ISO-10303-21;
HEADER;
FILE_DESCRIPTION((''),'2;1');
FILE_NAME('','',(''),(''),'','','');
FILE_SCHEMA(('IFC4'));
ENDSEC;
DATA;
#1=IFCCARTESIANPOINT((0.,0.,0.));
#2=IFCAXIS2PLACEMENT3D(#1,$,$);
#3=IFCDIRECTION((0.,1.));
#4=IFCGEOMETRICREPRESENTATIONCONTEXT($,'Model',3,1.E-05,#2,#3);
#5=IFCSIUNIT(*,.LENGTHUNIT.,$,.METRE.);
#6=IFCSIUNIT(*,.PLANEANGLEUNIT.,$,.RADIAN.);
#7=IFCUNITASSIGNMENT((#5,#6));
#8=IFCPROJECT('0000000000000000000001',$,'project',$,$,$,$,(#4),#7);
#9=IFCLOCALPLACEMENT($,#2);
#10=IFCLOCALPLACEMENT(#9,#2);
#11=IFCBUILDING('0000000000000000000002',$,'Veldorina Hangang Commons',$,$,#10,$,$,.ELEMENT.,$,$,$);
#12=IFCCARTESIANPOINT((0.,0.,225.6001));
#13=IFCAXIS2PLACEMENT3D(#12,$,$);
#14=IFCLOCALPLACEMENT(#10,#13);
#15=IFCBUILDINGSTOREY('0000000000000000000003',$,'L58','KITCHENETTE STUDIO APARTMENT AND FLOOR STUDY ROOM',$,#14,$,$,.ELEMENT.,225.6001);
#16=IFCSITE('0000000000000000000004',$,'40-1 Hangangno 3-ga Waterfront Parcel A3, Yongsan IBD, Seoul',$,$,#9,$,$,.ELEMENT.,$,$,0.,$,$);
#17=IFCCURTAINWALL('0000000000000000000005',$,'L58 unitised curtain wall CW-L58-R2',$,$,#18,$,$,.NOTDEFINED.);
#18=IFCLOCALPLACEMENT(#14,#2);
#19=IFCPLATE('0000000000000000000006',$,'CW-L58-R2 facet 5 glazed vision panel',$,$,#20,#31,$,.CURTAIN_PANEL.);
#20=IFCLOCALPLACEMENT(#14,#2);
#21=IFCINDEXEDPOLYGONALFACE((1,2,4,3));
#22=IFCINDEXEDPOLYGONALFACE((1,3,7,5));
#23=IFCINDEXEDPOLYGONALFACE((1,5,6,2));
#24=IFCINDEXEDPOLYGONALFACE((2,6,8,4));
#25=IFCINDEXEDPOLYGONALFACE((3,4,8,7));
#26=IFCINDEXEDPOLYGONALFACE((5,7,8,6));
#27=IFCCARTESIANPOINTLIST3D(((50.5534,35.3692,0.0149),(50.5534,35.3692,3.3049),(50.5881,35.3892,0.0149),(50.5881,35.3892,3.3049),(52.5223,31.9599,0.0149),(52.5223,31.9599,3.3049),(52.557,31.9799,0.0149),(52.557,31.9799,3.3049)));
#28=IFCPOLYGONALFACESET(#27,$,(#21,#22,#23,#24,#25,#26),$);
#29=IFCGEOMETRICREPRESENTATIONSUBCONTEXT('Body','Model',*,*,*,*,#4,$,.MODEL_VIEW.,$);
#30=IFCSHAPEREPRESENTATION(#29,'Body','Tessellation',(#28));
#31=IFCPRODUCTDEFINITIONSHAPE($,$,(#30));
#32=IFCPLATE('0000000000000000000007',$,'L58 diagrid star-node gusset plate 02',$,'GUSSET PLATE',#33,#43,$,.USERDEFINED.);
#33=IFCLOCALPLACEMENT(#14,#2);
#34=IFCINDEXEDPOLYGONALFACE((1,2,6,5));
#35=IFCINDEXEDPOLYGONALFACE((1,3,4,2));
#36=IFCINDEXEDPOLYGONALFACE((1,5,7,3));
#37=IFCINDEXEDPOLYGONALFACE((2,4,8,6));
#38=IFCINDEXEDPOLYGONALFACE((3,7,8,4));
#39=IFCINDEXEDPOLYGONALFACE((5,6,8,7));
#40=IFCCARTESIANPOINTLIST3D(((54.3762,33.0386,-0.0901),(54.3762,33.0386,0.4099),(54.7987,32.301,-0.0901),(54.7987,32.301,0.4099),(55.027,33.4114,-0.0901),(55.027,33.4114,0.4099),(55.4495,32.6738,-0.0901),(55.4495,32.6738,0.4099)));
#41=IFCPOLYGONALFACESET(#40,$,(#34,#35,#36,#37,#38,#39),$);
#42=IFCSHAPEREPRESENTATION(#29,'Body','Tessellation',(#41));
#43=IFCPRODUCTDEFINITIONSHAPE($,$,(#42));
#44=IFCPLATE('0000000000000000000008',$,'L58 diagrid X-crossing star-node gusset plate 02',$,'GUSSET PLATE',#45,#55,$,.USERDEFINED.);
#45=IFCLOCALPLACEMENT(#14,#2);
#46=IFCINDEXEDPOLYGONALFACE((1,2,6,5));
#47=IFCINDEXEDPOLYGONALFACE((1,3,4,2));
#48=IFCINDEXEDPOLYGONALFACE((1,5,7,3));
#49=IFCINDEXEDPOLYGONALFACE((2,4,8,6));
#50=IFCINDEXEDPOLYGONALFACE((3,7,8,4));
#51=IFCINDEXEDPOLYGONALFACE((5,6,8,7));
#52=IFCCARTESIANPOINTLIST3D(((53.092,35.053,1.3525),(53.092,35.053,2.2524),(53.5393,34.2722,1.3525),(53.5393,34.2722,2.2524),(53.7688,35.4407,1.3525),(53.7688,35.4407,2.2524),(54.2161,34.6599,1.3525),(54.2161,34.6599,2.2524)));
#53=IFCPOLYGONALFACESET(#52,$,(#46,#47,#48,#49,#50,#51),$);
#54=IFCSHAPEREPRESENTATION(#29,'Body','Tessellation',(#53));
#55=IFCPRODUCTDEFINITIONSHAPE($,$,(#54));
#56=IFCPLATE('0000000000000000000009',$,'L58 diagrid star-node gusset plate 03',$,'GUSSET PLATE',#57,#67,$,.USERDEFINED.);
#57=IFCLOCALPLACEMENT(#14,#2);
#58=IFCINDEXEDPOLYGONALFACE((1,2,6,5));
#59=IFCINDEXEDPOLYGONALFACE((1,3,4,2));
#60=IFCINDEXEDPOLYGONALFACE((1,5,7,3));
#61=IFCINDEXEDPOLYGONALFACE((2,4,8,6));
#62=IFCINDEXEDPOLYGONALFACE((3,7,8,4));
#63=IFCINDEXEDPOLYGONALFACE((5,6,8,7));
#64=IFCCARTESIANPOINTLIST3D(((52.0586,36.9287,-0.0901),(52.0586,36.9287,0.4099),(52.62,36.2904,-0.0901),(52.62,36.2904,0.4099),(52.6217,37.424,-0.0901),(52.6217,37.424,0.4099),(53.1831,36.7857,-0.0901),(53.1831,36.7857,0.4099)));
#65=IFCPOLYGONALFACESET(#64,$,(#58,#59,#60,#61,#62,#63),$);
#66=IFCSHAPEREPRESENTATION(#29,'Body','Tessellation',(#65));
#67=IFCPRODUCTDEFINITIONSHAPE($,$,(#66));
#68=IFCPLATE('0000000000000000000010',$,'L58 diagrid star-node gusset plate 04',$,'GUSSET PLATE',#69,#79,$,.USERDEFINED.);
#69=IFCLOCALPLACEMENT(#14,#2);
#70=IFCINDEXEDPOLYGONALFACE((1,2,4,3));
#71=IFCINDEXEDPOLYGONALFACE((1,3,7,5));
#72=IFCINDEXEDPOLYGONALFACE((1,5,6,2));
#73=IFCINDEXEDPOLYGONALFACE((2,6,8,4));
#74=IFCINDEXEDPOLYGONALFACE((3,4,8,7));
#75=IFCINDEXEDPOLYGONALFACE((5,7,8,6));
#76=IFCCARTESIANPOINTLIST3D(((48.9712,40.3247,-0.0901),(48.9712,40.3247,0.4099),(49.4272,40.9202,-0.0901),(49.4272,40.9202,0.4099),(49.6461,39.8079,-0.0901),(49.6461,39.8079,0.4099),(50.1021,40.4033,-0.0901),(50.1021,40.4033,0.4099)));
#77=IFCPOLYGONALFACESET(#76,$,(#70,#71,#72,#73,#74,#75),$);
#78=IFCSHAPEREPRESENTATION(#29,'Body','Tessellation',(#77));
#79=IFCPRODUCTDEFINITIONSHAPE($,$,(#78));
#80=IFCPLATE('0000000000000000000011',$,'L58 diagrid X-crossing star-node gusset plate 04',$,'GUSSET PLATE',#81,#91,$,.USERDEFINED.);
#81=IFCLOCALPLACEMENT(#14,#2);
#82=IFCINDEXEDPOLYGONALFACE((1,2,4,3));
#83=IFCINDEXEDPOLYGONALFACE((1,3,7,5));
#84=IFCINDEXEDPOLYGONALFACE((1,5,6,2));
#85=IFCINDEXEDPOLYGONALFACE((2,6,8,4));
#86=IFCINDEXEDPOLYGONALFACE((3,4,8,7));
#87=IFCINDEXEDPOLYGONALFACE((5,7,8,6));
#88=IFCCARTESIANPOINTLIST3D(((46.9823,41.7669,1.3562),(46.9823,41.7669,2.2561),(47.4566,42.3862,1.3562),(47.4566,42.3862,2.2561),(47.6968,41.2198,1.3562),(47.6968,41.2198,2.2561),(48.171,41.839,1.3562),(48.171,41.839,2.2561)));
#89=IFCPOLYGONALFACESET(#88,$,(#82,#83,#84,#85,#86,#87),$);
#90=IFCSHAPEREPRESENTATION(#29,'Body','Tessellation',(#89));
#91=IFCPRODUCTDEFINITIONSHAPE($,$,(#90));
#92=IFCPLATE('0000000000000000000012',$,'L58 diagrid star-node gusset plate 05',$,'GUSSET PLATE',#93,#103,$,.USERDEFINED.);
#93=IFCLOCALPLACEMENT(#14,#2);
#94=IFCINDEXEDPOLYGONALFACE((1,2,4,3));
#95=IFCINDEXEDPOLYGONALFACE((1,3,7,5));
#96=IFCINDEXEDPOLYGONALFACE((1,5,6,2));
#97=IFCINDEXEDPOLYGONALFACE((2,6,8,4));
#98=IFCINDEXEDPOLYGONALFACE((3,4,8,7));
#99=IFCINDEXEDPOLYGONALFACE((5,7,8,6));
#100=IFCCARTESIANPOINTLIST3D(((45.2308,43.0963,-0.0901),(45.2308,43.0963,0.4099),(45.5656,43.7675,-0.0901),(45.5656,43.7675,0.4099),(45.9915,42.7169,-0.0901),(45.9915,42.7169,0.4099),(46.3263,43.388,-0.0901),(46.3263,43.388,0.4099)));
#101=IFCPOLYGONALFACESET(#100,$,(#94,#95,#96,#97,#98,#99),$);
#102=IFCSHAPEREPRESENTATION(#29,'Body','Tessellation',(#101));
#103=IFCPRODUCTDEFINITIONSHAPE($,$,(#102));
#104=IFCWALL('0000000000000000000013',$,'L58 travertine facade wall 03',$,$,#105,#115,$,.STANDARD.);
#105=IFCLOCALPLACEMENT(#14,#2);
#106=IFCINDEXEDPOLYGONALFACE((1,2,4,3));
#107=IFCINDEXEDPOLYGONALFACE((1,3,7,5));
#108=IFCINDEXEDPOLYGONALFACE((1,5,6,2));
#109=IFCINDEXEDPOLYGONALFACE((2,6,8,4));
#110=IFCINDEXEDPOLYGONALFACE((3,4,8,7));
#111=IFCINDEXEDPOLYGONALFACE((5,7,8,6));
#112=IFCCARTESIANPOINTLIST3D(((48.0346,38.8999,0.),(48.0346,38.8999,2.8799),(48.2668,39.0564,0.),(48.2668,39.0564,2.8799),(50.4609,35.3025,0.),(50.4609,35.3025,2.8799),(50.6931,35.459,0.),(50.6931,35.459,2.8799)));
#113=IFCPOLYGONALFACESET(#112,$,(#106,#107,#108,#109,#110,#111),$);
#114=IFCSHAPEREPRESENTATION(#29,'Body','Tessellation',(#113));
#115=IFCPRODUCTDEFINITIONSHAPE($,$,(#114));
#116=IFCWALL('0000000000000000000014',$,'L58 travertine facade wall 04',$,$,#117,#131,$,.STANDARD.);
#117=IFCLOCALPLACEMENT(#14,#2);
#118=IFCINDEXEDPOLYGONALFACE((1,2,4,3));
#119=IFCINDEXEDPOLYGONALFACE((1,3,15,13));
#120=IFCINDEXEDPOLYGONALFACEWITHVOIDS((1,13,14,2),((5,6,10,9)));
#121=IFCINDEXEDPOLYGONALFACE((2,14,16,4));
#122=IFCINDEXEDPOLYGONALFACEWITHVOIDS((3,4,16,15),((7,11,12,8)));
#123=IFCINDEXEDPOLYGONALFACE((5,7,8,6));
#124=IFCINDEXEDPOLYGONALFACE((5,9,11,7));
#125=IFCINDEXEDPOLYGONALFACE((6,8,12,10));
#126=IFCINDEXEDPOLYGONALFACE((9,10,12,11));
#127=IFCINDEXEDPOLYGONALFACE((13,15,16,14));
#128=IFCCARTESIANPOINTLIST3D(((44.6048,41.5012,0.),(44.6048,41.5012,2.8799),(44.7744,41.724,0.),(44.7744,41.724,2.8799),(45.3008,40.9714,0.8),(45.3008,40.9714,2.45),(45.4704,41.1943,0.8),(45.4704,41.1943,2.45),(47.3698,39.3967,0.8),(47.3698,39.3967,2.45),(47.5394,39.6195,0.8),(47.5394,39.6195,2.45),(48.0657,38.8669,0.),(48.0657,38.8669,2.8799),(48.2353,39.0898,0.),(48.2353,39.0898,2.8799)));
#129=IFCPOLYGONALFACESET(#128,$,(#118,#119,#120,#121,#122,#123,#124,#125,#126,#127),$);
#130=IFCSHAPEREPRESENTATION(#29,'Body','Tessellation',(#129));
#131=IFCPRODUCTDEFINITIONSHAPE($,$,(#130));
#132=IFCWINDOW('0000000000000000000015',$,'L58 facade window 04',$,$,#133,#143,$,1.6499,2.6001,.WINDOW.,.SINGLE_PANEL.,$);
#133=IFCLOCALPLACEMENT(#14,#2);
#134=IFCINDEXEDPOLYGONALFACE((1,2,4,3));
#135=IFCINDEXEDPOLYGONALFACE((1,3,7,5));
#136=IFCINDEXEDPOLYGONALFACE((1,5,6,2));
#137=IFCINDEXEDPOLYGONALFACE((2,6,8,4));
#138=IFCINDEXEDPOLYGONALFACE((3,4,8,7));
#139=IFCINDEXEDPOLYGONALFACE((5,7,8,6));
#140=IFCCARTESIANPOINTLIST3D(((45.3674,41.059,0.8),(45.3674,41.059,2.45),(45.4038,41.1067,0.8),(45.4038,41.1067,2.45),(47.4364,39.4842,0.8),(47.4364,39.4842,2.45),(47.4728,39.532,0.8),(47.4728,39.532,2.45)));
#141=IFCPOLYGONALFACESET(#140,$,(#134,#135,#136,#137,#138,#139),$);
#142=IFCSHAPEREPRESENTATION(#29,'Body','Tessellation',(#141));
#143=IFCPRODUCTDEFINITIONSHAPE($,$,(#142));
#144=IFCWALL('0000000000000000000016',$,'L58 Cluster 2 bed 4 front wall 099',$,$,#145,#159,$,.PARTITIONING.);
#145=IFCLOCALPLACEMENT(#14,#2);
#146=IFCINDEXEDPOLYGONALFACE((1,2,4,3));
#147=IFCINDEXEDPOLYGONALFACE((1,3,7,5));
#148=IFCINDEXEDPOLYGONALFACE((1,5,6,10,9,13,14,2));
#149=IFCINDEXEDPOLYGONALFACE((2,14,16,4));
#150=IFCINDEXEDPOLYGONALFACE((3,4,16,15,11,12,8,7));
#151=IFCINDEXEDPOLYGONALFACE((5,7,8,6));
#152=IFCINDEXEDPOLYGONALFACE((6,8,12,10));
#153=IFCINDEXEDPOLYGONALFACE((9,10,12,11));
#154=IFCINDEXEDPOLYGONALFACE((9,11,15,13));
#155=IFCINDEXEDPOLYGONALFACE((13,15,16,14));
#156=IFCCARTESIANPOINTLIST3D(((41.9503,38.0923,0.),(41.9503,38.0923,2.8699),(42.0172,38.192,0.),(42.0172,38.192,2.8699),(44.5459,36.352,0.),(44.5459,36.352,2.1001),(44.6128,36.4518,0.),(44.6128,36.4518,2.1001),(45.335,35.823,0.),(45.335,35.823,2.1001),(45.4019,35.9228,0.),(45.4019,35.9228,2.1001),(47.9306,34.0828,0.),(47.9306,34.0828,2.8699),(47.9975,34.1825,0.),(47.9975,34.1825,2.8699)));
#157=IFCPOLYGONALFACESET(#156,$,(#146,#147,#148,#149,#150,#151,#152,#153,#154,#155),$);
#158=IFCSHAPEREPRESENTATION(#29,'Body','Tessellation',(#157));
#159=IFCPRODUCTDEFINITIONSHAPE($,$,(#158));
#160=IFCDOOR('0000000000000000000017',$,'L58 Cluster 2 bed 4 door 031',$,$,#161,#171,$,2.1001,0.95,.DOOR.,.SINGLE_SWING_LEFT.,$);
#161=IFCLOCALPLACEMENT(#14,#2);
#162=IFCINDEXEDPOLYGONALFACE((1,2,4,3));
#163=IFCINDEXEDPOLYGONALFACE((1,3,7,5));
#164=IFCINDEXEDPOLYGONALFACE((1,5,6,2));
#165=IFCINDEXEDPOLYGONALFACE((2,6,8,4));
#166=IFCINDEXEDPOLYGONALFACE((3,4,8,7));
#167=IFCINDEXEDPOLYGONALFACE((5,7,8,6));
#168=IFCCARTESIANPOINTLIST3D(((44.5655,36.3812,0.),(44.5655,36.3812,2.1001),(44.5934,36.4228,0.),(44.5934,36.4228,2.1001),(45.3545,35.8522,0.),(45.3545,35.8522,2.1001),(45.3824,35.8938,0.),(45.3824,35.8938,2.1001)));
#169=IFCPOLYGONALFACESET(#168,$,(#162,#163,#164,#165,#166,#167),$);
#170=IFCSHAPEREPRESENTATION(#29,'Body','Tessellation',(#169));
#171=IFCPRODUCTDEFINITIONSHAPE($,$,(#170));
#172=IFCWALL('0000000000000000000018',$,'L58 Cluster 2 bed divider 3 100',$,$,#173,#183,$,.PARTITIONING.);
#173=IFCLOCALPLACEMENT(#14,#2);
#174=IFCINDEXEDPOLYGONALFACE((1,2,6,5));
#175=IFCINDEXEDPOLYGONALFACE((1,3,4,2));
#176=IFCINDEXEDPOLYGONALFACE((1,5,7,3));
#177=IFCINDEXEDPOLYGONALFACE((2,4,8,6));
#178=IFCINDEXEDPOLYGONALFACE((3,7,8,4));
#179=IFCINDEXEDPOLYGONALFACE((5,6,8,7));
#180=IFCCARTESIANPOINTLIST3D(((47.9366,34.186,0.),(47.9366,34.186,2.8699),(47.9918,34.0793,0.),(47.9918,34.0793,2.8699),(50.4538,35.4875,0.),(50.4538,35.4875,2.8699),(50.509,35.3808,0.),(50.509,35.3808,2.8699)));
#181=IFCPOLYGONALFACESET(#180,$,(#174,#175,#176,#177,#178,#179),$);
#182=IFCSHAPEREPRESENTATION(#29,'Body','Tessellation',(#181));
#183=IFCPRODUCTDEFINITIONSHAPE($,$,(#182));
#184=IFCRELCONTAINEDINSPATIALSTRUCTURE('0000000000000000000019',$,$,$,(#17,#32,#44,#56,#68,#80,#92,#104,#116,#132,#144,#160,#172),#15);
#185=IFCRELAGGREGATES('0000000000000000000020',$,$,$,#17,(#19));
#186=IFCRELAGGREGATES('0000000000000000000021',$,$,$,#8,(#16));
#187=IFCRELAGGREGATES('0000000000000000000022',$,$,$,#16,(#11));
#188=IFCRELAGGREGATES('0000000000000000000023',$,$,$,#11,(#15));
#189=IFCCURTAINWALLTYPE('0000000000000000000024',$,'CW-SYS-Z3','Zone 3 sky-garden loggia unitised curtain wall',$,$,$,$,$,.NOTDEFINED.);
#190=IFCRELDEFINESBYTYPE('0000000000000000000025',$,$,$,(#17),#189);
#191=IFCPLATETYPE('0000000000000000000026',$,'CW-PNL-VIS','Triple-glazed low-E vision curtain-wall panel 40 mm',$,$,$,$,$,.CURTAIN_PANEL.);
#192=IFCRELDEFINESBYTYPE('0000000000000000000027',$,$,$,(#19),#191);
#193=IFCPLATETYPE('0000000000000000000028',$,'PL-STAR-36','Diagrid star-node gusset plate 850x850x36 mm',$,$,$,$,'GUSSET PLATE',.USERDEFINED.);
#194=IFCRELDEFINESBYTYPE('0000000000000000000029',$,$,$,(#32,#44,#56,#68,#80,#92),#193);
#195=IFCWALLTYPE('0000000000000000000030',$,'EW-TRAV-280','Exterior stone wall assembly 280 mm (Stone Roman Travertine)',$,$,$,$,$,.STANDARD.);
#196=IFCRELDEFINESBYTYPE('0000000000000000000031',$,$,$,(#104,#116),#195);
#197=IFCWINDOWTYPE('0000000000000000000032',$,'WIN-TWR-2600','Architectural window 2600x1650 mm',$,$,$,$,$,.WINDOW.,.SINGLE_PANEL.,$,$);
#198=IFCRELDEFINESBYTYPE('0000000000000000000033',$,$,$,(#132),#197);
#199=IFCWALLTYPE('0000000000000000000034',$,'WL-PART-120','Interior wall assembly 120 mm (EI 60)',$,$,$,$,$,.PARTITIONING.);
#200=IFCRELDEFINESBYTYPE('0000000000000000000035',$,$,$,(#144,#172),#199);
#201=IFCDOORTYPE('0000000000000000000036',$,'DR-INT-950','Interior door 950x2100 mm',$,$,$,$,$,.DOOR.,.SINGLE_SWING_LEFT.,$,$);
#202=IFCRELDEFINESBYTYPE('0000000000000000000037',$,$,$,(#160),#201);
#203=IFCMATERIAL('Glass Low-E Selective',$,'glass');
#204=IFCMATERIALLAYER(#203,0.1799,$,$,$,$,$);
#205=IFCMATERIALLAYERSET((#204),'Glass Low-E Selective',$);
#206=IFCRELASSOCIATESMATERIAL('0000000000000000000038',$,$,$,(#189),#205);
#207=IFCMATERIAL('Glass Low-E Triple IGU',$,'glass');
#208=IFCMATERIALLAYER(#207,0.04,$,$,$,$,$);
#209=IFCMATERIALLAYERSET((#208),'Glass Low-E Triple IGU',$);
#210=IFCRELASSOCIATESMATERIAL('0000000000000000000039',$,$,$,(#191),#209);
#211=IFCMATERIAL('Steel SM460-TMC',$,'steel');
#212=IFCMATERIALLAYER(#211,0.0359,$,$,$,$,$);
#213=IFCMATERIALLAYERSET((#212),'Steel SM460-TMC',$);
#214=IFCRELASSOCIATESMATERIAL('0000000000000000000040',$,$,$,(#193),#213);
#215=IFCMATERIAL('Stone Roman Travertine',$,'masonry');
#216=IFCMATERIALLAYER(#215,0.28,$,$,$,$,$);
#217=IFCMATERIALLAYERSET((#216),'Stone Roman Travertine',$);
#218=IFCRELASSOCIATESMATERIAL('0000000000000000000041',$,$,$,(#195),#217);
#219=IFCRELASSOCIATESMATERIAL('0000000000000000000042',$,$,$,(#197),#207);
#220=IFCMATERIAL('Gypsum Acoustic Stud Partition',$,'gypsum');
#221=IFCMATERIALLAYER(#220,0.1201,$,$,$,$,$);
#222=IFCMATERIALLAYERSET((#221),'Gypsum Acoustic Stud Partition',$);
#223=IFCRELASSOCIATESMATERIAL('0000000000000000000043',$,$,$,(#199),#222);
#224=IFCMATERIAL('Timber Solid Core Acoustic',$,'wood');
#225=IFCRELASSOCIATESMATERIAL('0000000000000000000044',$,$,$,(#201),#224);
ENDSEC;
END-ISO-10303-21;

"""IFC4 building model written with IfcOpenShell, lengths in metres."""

from ifc_helpers import new_model, si_unit, direction, frame, frame_2d, origin, origin_2d, place, context, subcontext, project, spatial, rectangle, extrude, material, layer, layer_set, type_object, element, fill, aggregate, save


model = new_model("IFC4")

# Units and contexts
model_context = context("Model", 3, precision=1e-05, world=origin(), true_north=direction((0.0, 1.0)))
body_context = subcontext(model_context, "Body", "Model", "MODEL_VIEW")
ifc_project = project(units=[si_unit("LENGTHUNIT", "METRE"), si_unit("PLANEANGLEUNIT", "RADIAN")], contexts=[model_context])

# Site, building, storey
site_placement = place(None, origin())
site = spatial("IfcSite", under=ifc_project, at=site_placement, Name="40-1 Hangangno 3-ga Waterfront Parcel A3, Yongsan IBD, Seoul", CompositionType="ELEMENT", RefElevation=0.0)
building_placement = place(site_placement, origin())
building = spatial("IfcBuilding", under=site, at=building_placement, Name="Veldorina Hangang Commons", CompositionType="ELEMENT")
storey_placement = place(building_placement, frame((0.0, 0.0, 225.6001)))
storey = spatial("IfcBuildingStorey", under=building, at=storey_placement, Name="L58", Description="KITCHENETTE STUDIO APARTMENT AND FLOOR STUDY ROOM", CompositionType="ELEMENT", Elevation=225.6001)

# Curtain wall
ifc_material_1 = material(Name="Glass Low-E Selective", Category="glass")
ifc_layer_1 = layer(ifc_material_1, 0.1799)
ifc_layer_set_1 = layer_set([ifc_layer_1], Name="Glass Low-E Selective")
curtain_wall_type = type_object("IfcCurtainWallType", Name="CW-SYS-Z3", Description="Zone 3 sky-garden loggia unitised curtain wall", PredefinedType="NOTDEFINED", material=ifc_layer_set_1)
curtain_wall_placement = place(storey_placement, origin())
curtain_wall = element("IfcCurtainWall", 1, at=curtain_wall_placement, inside=storey, type_object=curtain_wall_type, Name="L58 unitised curtain wall CW-L58-R2", PredefinedType="NOTDEFINED")

# Plate
ifc_material_2 = material(Name="Glass Low-E Triple IGU", Category="glass")
ifc_layer_2 = layer(ifc_material_2, 0.04)
ifc_layer_set_2 = layer_set([ifc_layer_2], Name="Glass Low-E Triple IGU")
plate_type_1 = type_object("IfcPlateType", Name="CW-PNL-VIS", Description="Triple-glazed low-E vision curtain-wall panel 40 mm", PredefinedType="CURTAIN_PANEL", material=ifc_layer_set_2)
plate_1_placement = place(storey_placement, frame((51.5552, 33.6746, 0.0149), z_axis=(0.0, 0.0, 1.0), x_axis=(-0.500106, 0.865964, 0.0)))
plate_1 = element("IfcPlate", 2, at=plate_1_placement, type_object=plate_type_1, Name="CW-L58-R2 facet 5 glazed vision panel", PredefinedType="CURTAIN_PANEL", context=body_context, shape_type="SweptSolid", body=[
    extrude(rectangle(XDim=3.937, YDim=0.04, at=origin_2d()), origin(), (0.0, 0.0, 1.0), 3.29),
])
aggregate(curtain_wall, [plate_1])

# Plates
ifc_material_3 = material(Name="Steel SM460-TMC", Category="steel")
ifc_layer_3 = layer(ifc_material_3, 0.0359)
ifc_layer_set_3 = layer_set([ifc_layer_3], Name="Steel SM460-TMC")
plate_type_2 = type_object("IfcPlateType", Name="PL-STAR-36", Description="Diagrid star-node gusset plate 850x850x36 mm", ElementType="GUSSET PLATE", PredefinedType="USERDEFINED", material=ifc_layer_set_3)
plate_2_placement = place(storey_placement, frame((54.9128, 32.8562, -0.0901), z_axis=(0.0, 0.0, 1.0), x_axis=(-0.49705, 0.867722, 0.0)))
element("IfcPlate", 3, at=plate_2_placement, inside=storey, type_object=plate_type_2, Name="L58 diagrid star-node gusset plate 02", ObjectType="GUSSET PLATE", PredefinedType="USERDEFINED", context=body_context, shape_type="SweptSolid", body=[
    extrude(rectangle(XDim=0.8501, YDim=0.75, at=origin_2d()), origin(), (0.0, 0.0, 1.0), 0.5),
])
plate_3_placement = place(storey_placement, frame((53.6541, 34.8564, 1.3525), z_axis=(0.0, 0.0, 1.0), x_axis=(-0.49705, 0.867722, 0.0)))
element("IfcPlate", 4, at=plate_3_placement, inside=storey, type_object=plate_type_2, Name="L58 diagrid X-crossing star-node gusset plate 02", ObjectType="GUSSET PLATE", PredefinedType="USERDEFINED", context=body_context, shape_type="SweptSolid", body=[
    extrude(rectangle(XDim=0.8999, YDim=0.78, at=origin_2d()), origin(), (0.0, 0.0, 1.0), 0.8999),
])
for number, where, z_axis, x_axis, name in (
    (5, (52.6208, 36.8572, -0.0901), (0.0, 0.0, 1.0), (-0.660408, 0.750907, 0.0), "L58 diagrid star-node gusset plate 03"),
    (6, (49.5366, 40.364, -0.0901), (0.0, 0.0, 1.0), (-0.793927, 0.608013, 0.0), "L58 diagrid star-node gusset plate 04"),
):
    element("IfcPlate", number, at=place(storey_placement, frame(where, z_axis=z_axis, x_axis=x_axis)), inside=storey, type_object=plate_type_2, Name=name, ObjectType="GUSSET PLATE", PredefinedType="USERDEFINED", context=body_context, shape_type="SweptSolid", body=[
        extrude(rectangle(XDim=0.8501, YDim=0.75, at=origin_2d()), origin(), (0.0, 0.0, 1.0), 0.5),
    ])
plate_4_placement = place(storey_placement, frame((47.5767, 41.803, 1.3562), z_axis=(0.0, 0.0, 1.0), x_axis=(-0.793927, 0.608013, 0.0)))
element("IfcPlate", 7, at=plate_4_placement, inside=storey, type_object=plate_type_2, Name="L58 diagrid X-crossing star-node gusset plate 04", ObjectType="GUSSET PLATE", PredefinedType="USERDEFINED", context=body_context, shape_type="SweptSolid", body=[
    extrude(rectangle(XDim=0.8999, YDim=0.78, at=origin_2d()), origin(), (0.0, 0.0, 1.0), 0.8999),
])
plate_5_placement = place(storey_placement, frame((45.7786, 43.2422, -0.0901), z_axis=(0.0, 0.0, 1.0), x_axis=(-0.894864, 0.446338, 0.0)))
element("IfcPlate", 8, at=plate_5_placement, inside=storey, type_object=plate_type_2, Name="L58 diagrid star-node gusset plate 05", ObjectType="GUSSET PLATE", PredefinedType="USERDEFINED", context=body_context, shape_type="SweptSolid", body=[
    extrude(rectangle(XDim=0.8501, YDim=0.75, at=origin_2d()), origin(), (0.0, 0.0, 1.0), 0.5),
])

# Wall
ifc_material_4 = material(Name="Stone Roman Travertine", Category="masonry")
ifc_layer_4 = layer(ifc_material_4, 0.28)
ifc_layer_set_4 = layer_set([ifc_layer_4], Name="Stone Roman Travertine")
wall_type_1 = type_object("IfcWallType", Name="EW-TRAV-280", Description="Exterior stone wall assembly 280 mm (Stone Roman Travertine)", PredefinedType="STANDARD", material=ifc_layer_set_4)
wall_1_placement = place(storey_placement, frame((50.5769, 35.3809, 0.0), z_axis=(0.0, 0.0, 1.0), x_axis=(-0.559159, 0.829061, 0.0)))
element("IfcWall", 9, at=wall_1_placement, inside=storey, type_object=wall_type_1, Name="L58 travertine facade wall 03", PredefinedType="STANDARD", context=body_context, shape_type="SweptSolid", body=[
    extrude(rectangle(XDim=4.3391, YDim=0.28, at=frame_2d((2.1694, 0.0))), origin(), (0.0, 0.0, 1.0), 2.8799),
])

# Wall, opening, window
wall_2_placement = place(storey_placement, frame((48.1506, 38.9783, 0.0), z_axis=(0.0, 0.0, 1.0), x_axis=(-0.795723, 0.605661, 0.0)))
wall_2 = element("IfcWall", 10, at=wall_2_placement, inside=storey, type_object=wall_type_1, Name="L58 travertine facade wall 04", PredefinedType="STANDARD", context=body_context, shape_type="SweptSolid", body=[
    extrude(rectangle(XDim=4.3494, YDim=0.28, at=frame_2d((2.1748, 0.0))), origin(), (0.0, 0.0, 1.0), 2.8799),
])
opening_1_placement = place(wall_2_placement, frame((0.8748, 0.0, 0.8)))
opening_1 = element("IfcOpeningElement", 11, at=opening_1_placement, cuts=wall_2, PredefinedType="OPENING", context=body_context, shape_type="SweptSolid", body=[
    extrude(rectangle(XDim=2.6001, YDim=1.6499, at=frame_2d((1.3, 0.825))), frame((0.0, 0.1499, 0.0), z_axis=(0.0, -1.0, 0.0), x_axis=(1.0, 0.0, 0.0)), (0.0, 0.0, 1.0), 0.3),
])
window_type = type_object("IfcWindowType", Name="WIN-TWR-2600", Description="Architectural window 2600x1650 mm", PartitioningType="SINGLE_PANEL", PredefinedType="WINDOW", material=ifc_material_2)
window_placement = place(opening_1_placement, origin())
window = element("IfcWindow", 12, at=window_placement, inside=storey, type_object=window_type, Name="L58 facade window 04", OverallHeight=1.6499, OverallWidth=2.6001, PartitioningType="SINGLE_PANEL", PredefinedType="WINDOW", context=body_context, shape_type="SweptSolid", body=[
    extrude(rectangle(XDim=2.6001, YDim=1.6499, at=frame_2d((1.3, 0.825))), frame((0.0, 0.03, 0.0), z_axis=(0.0, -1.0, 0.0), x_axis=(1.0, 0.0, 0.0)), (0.0, 0.0, 1.0), 0.0601),
])
fill(opening_1, window)

# Wall, opening, door
ifc_material_5 = material(Name="Gypsum Acoustic Stud Partition", Category="gypsum")
ifc_layer_5 = layer(ifc_material_5, 0.1201)
ifc_layer_set_5 = layer_set([ifc_layer_5], Name="Gypsum Acoustic Stud Partition")
wall_type_2 = type_object("IfcWallType", Name="WL-PART-120", Description="Interior wall assembly 120 mm (EI 60)", PredefinedType="PARTITIONING", material=ifc_layer_set_5)
wall_3_placement = place(storey_placement, frame((47.9641, 34.1326, 0.0), z_axis=(0.0, 0.0, 1.0), x_axis=(-0.830592, 0.556881, 0.0)))
wall_3 = element("IfcWall", 13, at=wall_3_placement, inside=storey, type_object=wall_type_2, Name="L58 Cluster 2 bed 4 front wall 099", PredefinedType="PARTITIONING", context=body_context, shape_type="SweptSolid", body=[
    extrude(rectangle(XDim=7.2, YDim=0.1201, at=frame_2d((3.6001, 0.0))), origin(), (0.0, 0.0, 1.0), 2.8699),
])
opening_2_placement = place(wall_3_placement, frame((3.125, 0.0, 0.0)))
opening_2 = element("IfcOpeningElement", 14, at=opening_2_placement, cuts=wall_3, PredefinedType="OPENING", context=body_context, shape_type="SweptSolid", body=[
    extrude(rectangle(XDim=0.95, YDim=2.1001, at=frame_2d((0.4751, 1.05))), frame((0.0, 0.0701, 0.0), z_axis=(0.0, -1.0, 0.0), x_axis=(1.0, 0.0, 0.0)), (0.0, 0.0, 1.0), 0.1401),
])
ifc_material_6 = material(Name="Timber Solid Core Acoustic", Category="wood")
door_type = type_object("IfcDoorType", Name="DR-INT-950", Description="Interior door 950x2100 mm", OperationType="SINGLE_SWING_LEFT", PredefinedType="DOOR", material=ifc_material_6)
door_placement = place(opening_2_placement, origin())
door = element("IfcDoor", 15, at=door_placement, inside=storey, type_object=door_type, Name="L58 Cluster 2 bed 4 door 031", OperationType="SINGLE_SWING_LEFT", OverallHeight=2.1001, OverallWidth=0.95, PredefinedType="DOOR", context=body_context, shape_type="SweptSolid", body=[
    extrude(rectangle(XDim=0.95, YDim=2.1001, at=frame_2d((0.4751, 1.05))), frame((0.0, 0.0249, 0.0), z_axis=(0.0, -1.0, 0.0), x_axis=(1.0, 0.0, 0.0)), (0.0, 0.0, 1.0), 0.05),
])
fill(opening_2, door)

# Wall
wall_4_placement = place(storey_placement, frame((47.9641, 34.1326, 0.0), z_axis=(0.0, 0.0, 1.0), x_axis=(0.888279, 0.459303, 0.0)))
element("IfcWall", 16, at=wall_4_placement, inside=storey, type_object=wall_type_2, Name="L58 Cluster 2 bed divider 3 100", PredefinedType="PARTITIONING", context=body_context, shape_type="SweptSolid", body=[
    extrude(rectangle(XDim=2.8337, YDim=0.1201, at=frame_2d((1.417, 0.0))), origin(), (0.0, 0.0, 1.0), 2.8699),
])

save(model, "model.ifc")
